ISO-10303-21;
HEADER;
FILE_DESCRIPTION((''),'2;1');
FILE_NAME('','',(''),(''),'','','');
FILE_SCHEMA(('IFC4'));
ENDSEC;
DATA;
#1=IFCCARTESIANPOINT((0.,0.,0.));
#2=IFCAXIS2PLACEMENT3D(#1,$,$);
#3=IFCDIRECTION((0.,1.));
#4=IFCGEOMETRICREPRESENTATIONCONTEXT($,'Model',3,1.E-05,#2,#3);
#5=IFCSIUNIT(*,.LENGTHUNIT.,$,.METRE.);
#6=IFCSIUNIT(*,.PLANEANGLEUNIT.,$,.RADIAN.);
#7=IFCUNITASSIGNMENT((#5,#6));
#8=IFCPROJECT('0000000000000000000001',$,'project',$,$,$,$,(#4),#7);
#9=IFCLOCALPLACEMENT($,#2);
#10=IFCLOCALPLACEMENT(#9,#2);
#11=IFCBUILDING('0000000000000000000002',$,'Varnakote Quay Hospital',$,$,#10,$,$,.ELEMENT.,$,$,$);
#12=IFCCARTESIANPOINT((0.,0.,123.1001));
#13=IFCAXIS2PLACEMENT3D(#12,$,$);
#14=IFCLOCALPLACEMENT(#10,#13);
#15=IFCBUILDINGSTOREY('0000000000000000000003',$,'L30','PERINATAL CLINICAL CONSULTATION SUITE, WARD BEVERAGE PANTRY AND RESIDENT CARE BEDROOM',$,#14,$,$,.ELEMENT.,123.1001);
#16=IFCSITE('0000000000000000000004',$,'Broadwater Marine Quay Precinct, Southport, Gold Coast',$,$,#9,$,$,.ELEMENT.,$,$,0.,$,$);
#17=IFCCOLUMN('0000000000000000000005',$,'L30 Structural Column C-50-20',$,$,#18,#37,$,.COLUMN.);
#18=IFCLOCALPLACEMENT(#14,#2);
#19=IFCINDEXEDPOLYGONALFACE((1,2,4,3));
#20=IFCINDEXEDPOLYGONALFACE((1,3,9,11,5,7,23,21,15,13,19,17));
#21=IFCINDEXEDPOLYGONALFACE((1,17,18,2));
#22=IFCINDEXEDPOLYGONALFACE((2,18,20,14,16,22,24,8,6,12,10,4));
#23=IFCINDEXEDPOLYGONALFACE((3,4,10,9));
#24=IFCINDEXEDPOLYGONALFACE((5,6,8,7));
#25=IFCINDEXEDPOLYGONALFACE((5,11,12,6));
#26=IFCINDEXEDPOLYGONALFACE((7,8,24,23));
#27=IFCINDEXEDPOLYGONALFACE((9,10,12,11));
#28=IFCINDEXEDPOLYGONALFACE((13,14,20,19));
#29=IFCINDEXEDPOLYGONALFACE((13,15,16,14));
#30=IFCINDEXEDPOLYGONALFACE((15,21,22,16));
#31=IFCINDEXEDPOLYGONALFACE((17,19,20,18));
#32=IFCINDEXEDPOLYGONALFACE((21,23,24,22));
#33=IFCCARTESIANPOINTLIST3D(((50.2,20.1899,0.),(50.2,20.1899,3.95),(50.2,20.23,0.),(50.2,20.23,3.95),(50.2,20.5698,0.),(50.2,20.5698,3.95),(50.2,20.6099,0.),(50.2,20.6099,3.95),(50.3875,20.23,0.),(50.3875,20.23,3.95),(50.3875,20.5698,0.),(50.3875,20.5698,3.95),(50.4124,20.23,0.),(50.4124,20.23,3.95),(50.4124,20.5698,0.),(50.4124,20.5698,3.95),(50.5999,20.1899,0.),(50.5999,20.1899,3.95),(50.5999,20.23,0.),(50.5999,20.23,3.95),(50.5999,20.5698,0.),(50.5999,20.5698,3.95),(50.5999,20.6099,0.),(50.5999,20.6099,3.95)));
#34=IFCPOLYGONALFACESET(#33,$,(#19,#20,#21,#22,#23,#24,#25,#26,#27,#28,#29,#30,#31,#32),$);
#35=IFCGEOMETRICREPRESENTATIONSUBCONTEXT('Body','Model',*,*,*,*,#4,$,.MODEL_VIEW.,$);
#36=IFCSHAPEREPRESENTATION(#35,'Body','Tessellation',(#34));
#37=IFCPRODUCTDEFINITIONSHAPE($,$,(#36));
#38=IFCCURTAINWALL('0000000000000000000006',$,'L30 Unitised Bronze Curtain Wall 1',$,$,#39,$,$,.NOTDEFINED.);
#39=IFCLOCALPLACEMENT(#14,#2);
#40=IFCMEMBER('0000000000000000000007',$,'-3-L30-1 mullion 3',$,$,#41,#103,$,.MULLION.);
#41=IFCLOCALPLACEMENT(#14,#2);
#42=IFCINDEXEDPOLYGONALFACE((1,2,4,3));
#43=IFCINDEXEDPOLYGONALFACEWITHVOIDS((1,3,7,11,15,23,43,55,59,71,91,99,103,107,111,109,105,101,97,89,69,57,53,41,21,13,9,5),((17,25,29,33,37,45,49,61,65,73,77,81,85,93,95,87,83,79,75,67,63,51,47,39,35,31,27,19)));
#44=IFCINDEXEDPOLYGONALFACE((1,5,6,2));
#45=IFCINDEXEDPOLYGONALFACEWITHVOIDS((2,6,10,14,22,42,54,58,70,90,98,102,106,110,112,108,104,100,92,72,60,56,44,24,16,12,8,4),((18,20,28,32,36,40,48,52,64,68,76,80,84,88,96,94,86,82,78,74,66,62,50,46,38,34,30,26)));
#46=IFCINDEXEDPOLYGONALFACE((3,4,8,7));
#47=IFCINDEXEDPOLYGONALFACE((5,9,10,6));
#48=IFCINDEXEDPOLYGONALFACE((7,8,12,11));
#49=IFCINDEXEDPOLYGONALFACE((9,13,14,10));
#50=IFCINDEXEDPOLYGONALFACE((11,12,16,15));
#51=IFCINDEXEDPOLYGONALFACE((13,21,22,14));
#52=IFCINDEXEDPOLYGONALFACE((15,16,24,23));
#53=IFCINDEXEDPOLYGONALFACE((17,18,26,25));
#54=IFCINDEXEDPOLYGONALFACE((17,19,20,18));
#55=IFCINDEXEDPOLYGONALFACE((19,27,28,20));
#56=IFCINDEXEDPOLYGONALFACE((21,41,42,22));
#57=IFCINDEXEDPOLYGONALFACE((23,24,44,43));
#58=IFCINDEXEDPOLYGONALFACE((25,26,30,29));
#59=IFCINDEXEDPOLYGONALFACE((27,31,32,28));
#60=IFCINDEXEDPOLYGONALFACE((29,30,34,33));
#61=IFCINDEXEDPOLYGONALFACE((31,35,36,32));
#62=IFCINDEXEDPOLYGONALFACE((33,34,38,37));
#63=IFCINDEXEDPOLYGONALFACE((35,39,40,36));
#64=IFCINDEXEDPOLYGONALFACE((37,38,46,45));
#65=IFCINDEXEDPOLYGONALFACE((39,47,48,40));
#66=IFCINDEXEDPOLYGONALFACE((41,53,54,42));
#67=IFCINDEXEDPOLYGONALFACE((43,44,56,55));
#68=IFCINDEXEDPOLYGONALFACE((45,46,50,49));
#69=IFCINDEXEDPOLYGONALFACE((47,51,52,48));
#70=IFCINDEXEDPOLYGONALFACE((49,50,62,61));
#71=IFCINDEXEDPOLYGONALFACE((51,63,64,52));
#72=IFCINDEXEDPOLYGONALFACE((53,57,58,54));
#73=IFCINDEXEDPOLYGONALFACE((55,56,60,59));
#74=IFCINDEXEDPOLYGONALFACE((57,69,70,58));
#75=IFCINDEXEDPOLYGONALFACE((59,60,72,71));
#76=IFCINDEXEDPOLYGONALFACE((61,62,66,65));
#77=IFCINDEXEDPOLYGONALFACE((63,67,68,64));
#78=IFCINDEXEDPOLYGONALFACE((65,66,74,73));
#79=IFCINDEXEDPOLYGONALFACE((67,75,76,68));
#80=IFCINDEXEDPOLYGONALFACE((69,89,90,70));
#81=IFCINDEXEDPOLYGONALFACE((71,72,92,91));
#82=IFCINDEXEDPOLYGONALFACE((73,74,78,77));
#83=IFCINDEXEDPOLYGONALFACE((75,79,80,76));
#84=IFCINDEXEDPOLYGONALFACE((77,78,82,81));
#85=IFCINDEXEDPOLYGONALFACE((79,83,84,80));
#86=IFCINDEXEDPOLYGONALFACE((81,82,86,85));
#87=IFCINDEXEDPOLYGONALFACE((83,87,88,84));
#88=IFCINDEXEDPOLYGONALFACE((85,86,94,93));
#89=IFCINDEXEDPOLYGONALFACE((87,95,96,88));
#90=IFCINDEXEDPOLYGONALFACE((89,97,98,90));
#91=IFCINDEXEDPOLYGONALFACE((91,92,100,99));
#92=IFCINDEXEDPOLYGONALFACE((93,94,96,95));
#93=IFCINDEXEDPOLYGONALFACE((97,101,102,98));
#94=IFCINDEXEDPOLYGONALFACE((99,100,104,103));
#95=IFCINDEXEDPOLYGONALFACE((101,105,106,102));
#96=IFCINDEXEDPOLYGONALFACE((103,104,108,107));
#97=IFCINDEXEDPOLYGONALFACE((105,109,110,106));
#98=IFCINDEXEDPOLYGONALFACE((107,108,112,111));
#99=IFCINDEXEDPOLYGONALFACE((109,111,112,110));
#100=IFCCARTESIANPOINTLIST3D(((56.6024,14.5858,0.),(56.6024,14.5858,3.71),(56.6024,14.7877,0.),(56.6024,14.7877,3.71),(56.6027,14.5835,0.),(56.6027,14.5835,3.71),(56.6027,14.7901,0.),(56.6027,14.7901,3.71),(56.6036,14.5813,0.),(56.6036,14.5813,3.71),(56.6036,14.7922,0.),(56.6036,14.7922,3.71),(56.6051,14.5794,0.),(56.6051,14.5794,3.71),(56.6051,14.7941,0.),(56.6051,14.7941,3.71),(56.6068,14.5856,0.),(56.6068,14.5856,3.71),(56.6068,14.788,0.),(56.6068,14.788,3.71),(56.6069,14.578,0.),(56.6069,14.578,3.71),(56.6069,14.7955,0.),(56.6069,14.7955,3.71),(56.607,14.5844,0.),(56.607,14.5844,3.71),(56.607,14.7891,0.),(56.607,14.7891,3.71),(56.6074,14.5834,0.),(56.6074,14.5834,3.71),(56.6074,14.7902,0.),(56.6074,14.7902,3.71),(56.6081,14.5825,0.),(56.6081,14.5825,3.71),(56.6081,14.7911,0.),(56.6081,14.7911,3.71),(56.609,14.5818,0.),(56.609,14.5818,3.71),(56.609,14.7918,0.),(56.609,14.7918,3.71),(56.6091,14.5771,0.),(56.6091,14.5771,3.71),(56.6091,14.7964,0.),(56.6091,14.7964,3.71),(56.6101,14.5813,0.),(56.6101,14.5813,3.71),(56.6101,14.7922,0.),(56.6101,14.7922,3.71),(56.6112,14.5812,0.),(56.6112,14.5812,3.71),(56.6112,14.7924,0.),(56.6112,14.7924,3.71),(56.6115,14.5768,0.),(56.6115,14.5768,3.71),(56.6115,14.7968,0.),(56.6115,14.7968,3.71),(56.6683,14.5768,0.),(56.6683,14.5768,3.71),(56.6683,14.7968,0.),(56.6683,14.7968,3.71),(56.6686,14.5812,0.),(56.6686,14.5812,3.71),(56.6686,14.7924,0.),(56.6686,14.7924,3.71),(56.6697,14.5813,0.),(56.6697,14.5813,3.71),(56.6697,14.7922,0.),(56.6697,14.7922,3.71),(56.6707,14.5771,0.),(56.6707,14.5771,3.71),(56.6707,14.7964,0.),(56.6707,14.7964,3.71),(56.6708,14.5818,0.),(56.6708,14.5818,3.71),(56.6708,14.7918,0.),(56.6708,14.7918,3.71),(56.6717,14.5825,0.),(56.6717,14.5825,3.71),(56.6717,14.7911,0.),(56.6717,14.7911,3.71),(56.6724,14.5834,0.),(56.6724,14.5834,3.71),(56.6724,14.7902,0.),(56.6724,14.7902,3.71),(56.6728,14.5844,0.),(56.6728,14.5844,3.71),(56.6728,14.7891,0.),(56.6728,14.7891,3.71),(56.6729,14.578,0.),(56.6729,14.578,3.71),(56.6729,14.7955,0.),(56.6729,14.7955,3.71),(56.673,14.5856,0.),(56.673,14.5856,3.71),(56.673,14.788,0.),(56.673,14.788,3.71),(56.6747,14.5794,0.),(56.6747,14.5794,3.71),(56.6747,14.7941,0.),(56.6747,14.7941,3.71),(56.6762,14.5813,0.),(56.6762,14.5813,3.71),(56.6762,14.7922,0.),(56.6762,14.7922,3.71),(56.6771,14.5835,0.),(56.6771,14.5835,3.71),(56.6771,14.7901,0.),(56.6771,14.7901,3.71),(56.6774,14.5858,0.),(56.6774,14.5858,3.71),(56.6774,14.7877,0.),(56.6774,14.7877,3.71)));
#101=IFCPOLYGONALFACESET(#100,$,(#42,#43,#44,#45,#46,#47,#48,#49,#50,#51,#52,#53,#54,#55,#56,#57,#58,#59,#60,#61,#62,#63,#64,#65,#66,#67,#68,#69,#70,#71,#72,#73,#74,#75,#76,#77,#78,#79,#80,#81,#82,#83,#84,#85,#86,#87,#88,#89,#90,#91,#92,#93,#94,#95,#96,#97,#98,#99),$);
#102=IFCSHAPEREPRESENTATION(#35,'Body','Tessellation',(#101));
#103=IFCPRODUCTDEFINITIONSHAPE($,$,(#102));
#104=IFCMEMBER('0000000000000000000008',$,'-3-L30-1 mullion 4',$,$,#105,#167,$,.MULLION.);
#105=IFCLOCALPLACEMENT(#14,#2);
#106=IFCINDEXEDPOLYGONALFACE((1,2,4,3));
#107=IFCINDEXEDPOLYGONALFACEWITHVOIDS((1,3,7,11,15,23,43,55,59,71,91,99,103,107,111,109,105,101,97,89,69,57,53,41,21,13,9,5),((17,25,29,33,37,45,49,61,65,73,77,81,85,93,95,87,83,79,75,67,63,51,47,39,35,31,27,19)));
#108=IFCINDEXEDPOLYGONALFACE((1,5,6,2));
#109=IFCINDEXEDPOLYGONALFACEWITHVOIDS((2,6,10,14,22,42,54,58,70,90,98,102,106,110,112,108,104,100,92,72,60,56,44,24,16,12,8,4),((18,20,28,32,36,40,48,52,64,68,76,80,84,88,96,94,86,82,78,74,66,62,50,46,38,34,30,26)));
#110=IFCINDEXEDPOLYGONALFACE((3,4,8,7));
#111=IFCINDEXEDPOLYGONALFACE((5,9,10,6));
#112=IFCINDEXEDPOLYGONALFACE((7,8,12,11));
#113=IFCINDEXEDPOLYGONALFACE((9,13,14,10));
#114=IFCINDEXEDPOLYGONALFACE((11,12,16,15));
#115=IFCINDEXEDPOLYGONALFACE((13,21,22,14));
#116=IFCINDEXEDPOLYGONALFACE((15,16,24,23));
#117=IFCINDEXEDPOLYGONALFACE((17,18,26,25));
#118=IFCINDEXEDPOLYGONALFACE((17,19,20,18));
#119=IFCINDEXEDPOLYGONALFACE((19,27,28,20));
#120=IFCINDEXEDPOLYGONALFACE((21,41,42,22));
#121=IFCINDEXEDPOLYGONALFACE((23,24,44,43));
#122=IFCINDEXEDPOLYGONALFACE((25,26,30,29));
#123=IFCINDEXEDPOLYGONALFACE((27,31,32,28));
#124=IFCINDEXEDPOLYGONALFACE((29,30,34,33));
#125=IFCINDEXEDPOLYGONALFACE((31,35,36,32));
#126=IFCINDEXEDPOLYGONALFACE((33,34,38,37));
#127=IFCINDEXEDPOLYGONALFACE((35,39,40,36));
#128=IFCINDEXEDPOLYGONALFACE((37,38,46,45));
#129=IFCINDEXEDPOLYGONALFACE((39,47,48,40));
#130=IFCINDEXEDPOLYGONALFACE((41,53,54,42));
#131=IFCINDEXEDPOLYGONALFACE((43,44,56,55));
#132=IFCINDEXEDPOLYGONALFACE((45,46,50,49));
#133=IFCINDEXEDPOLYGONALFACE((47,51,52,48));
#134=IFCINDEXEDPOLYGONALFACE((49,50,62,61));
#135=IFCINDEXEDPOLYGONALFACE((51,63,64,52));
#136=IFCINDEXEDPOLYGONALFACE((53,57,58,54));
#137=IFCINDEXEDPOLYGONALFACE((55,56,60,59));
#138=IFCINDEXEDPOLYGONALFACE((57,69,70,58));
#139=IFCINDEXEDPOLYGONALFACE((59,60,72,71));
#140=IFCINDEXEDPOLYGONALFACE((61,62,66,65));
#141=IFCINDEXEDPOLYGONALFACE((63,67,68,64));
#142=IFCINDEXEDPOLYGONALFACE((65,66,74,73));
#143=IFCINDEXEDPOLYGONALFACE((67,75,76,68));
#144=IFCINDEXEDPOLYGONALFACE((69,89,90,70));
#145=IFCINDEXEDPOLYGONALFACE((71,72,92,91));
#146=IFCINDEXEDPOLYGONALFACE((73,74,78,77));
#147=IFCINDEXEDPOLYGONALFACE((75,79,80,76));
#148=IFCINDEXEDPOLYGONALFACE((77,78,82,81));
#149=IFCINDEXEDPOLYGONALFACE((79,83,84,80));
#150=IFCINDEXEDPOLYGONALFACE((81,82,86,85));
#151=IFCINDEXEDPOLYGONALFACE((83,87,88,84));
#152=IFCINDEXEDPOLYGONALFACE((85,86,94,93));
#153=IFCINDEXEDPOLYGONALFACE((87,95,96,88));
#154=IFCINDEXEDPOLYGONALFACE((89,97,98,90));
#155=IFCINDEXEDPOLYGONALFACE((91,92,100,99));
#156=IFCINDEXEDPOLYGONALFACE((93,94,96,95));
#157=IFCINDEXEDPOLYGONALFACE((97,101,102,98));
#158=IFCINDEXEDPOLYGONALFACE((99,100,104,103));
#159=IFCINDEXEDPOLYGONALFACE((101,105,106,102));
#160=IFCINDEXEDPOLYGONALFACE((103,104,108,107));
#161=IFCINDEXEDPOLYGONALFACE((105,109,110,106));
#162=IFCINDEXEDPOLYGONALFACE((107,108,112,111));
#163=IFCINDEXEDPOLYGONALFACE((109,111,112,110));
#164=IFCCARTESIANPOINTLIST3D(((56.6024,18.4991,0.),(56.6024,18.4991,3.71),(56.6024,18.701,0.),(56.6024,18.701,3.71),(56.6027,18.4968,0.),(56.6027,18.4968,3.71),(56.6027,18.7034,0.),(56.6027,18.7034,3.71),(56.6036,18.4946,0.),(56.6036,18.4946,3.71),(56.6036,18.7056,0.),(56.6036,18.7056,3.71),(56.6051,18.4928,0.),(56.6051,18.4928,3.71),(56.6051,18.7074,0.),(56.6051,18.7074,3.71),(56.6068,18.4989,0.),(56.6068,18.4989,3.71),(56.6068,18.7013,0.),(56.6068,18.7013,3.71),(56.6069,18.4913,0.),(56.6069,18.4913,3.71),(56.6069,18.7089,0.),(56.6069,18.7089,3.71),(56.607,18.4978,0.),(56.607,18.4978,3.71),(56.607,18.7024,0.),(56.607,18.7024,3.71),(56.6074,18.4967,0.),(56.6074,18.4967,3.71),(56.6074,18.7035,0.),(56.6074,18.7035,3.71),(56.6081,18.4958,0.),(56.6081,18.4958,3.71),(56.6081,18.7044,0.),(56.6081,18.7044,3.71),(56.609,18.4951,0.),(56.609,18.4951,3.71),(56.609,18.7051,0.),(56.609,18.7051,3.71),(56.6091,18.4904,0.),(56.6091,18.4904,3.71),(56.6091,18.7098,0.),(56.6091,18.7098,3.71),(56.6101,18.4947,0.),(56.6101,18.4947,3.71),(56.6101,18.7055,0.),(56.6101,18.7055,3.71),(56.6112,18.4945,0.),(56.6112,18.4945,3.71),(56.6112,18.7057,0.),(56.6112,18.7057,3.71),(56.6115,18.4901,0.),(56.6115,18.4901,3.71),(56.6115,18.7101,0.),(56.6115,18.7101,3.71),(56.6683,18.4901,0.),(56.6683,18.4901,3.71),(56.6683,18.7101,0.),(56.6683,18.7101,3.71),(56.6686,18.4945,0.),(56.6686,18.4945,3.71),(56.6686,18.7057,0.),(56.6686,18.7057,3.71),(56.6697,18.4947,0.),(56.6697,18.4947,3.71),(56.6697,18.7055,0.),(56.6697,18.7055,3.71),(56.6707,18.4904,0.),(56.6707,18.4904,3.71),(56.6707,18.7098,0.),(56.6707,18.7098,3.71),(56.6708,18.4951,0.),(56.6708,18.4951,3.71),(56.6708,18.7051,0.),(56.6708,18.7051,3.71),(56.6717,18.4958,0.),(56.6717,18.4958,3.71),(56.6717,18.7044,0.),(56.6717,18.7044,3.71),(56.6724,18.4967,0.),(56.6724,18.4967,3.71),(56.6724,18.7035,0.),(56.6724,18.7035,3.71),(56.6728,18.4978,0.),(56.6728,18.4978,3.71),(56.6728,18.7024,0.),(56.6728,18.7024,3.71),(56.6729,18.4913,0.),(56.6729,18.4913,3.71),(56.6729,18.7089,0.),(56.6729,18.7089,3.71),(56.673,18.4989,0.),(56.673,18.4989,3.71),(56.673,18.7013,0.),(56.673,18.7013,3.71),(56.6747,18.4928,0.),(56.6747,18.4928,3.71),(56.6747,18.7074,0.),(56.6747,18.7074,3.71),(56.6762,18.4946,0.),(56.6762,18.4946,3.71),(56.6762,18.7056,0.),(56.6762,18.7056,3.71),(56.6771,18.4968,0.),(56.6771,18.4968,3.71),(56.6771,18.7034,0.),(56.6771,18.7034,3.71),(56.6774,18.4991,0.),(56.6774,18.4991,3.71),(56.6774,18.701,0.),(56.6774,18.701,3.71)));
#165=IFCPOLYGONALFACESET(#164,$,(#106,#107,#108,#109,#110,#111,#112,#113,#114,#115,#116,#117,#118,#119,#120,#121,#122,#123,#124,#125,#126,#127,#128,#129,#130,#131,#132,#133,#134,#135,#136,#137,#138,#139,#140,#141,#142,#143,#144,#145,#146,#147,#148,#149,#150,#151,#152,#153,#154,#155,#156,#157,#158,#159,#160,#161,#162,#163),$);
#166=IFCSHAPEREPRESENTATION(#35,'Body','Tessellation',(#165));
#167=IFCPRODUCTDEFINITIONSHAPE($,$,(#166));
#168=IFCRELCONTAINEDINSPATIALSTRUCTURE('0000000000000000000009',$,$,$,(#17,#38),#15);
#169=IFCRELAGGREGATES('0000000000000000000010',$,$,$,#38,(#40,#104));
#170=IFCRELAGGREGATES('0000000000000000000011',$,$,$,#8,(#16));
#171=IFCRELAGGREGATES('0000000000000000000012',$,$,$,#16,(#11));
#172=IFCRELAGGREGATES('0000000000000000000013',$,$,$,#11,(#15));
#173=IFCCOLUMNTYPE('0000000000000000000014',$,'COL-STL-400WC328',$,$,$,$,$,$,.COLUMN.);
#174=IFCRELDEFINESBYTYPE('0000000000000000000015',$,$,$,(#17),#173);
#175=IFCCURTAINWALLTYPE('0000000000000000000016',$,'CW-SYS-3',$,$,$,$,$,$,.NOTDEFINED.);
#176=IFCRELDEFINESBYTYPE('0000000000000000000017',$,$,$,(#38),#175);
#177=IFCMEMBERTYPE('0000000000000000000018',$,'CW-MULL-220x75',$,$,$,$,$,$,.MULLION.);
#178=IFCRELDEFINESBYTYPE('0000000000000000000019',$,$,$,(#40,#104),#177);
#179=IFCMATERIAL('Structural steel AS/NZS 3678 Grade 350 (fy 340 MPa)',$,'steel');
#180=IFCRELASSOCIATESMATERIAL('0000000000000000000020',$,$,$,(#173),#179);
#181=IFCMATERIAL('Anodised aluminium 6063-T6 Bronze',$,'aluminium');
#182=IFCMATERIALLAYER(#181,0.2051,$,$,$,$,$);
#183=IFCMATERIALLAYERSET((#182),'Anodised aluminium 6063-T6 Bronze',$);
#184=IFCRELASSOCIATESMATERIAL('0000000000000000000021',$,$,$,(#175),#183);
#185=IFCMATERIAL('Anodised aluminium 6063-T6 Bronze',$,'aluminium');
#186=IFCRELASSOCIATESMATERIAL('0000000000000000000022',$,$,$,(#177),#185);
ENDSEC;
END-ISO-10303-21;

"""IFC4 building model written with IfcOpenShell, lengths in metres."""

from ifc_helpers import new_model, si_unit, direction, frame, origin, origin_2d, place, context, subcontext, project, spatial, hollow_rectangle, i_section, extrude, material, layer, layer_set, material_profile, profile_set, type_object, element, aggregate, save


model = new_model("IFC4")

# Units and contexts
model_context = context("Model", 3, precision=1e-05, world=origin(), true_north=direction((0.0, 1.0)))
body_context = subcontext(model_context, "Body", "Model", "MODEL_VIEW")
ifc_project = project(units=[si_unit("LENGTHUNIT", "METRE"), si_unit("PLANEANGLEUNIT", "RADIAN")], contexts=[model_context])

# Site, building, storey
site_placement = place(None, origin())
site = spatial("IfcSite", under=ifc_project, at=site_placement, Name="Broadwater Marine Quay Precinct, Southport, Gold Coast", CompositionType="ELEMENT", RefElevation=0.0)
building_placement = place(site_placement, origin())
building = spatial("IfcBuilding", under=site, at=building_placement, Name="Varnakote Quay Hospital", CompositionType="ELEMENT")
storey_placement = place(building_placement, frame((0.0, 0.0, 123.1001)))
storey = spatial("IfcBuildingStorey", under=building, at=storey_placement, Name="L30", Description="PERINATAL CLINICAL CONSULTATION SUITE, WARD BEVERAGE PANTRY AND RESIDENT CARE BEDROOM", CompositionType="ELEMENT", Elevation=123.1001)

# Column
ifc_material_1 = material(Name="Structural steel AS/NZS 3678 Grade 350 (fy 340 MPa)", Category="steel")
ifc_material_profile_1 = material_profile(ifc_material_1, i_section(OverallWidth=0.3999, OverallDepth=0.4199, WebThickness=0.0249, FlangeThickness=0.04, at=origin_2d()), Name="400WC328")
ifc_profile_set_1 = profile_set([ifc_material_profile_1], Name="Structural steel AS/NZS 3678 Grade 350 (fy 340 MPa)")
column_type = type_object("IfcColumnType", Name="COL-STL-400WC328", PredefinedType="COLUMN", material=ifc_profile_set_1)
column_placement = place(storey_placement, frame((50.3999, 20.3999, 0.0), z_axis=(0.0, 0.0, 1.0), x_axis=(1.0, 0.0, 0.0)))
element("IfcColumn", 1, at=column_placement, inside=storey, type_object=column_type, Name="L30 Structural Column C-50-20", PredefinedType="COLUMN", context=body_context, shape_type="SweptSolid", body=[
    extrude(i_section(OverallWidth=0.3999, OverallDepth=0.4199, WebThickness=0.0249, FlangeThickness=0.04, at=origin_2d()), origin(), (0.0, 0.0, 1.0), 3.95),
])

# Curtain wall, members
ifc_material_2 = material(Name="Anodised aluminium 6063-T6 Bronze", Category="aluminium")
ifc_layer_1 = layer(ifc_material_2, 0.2051)
ifc_layer_set_1 = layer_set([ifc_layer_1], Name="Anodised aluminium 6063-T6 Bronze")
curtain_wall_type = type_object("IfcCurtainWallType", Name="CW-SYS-3", PredefinedType="NOTDEFINED", material=ifc_layer_set_1)
curtain_wall_placement = place(storey_placement, origin())
curtain_wall = element("IfcCurtainWall", 2, at=curtain_wall_placement, inside=storey, type_object=curtain_wall_type, Name="L30 Unitised Bronze Curtain Wall 1", PredefinedType="NOTDEFINED")
ifc_material_3 = material(Name="Anodised aluminium 6063-T6 Bronze", Category="aluminium")
ifc_material_profile_2 = material_profile(ifc_material_3, hollow_rectangle(XDim=0.075, YDim=0.22, WallThickness=0.0044, InnerFilletRadius=0.0044, OuterFilletRadius=0.009, at=origin_2d()), Name="CW-MULL-220x75")
ifc_profile_set_2 = profile_set([ifc_material_profile_2], Name="Anodised aluminium 6063-T6 Bronze")
member_type_1 = type_object("IfcMemberType", Name="CW-MULL-220x75", PredefinedType="MULLION", material=ifc_profile_set_2)
member_1_placement = place(storey_placement, frame((56.6399, 14.6868, 0.0), z_axis=(0.0, 0.0, 1.0), x_axis=(-1.0, 0.0, 0.0)))
member_1 = element("IfcMember", 3, at=member_1_placement, type_object=member_type_1, Name="-3-L30-1 mullion 3", PredefinedType="MULLION", context=body_context, shape_type="SweptSolid", body=[
    extrude(hollow_rectangle(XDim=0.075, YDim=0.22, WallThickness=0.0044, InnerFilletRadius=0.0044, OuterFilletRadius=0.009, at=origin_2d()), origin(), (0.0, 0.0, 1.0), 3.71),
])
member_2_placement = place(storey_placement, frame((56.6399, 18.6001, 0.0), z_axis=(0.0, 0.0, 1.0), x_axis=(-1.0, 0.0, 0.0)))
member_2 = element("IfcMember", 4, at=member_2_placement, type_object=member_type_1, Name="-3-L30-1 mullion 4", PredefinedType="MULLION", context=body_context, shape_type="SweptSolid", body=[
    extrude(hollow_rectangle(XDim=0.075, YDim=0.22, WallThickness=0.0044, InnerFilletRadius=0.0044, OuterFilletRadius=0.009, at=origin_2d()), origin(), (0.0, 0.0, 1.0), 3.71),
])
aggregate(curtain_wall, [member_1, member_2])

save(model, "model.ifc")
